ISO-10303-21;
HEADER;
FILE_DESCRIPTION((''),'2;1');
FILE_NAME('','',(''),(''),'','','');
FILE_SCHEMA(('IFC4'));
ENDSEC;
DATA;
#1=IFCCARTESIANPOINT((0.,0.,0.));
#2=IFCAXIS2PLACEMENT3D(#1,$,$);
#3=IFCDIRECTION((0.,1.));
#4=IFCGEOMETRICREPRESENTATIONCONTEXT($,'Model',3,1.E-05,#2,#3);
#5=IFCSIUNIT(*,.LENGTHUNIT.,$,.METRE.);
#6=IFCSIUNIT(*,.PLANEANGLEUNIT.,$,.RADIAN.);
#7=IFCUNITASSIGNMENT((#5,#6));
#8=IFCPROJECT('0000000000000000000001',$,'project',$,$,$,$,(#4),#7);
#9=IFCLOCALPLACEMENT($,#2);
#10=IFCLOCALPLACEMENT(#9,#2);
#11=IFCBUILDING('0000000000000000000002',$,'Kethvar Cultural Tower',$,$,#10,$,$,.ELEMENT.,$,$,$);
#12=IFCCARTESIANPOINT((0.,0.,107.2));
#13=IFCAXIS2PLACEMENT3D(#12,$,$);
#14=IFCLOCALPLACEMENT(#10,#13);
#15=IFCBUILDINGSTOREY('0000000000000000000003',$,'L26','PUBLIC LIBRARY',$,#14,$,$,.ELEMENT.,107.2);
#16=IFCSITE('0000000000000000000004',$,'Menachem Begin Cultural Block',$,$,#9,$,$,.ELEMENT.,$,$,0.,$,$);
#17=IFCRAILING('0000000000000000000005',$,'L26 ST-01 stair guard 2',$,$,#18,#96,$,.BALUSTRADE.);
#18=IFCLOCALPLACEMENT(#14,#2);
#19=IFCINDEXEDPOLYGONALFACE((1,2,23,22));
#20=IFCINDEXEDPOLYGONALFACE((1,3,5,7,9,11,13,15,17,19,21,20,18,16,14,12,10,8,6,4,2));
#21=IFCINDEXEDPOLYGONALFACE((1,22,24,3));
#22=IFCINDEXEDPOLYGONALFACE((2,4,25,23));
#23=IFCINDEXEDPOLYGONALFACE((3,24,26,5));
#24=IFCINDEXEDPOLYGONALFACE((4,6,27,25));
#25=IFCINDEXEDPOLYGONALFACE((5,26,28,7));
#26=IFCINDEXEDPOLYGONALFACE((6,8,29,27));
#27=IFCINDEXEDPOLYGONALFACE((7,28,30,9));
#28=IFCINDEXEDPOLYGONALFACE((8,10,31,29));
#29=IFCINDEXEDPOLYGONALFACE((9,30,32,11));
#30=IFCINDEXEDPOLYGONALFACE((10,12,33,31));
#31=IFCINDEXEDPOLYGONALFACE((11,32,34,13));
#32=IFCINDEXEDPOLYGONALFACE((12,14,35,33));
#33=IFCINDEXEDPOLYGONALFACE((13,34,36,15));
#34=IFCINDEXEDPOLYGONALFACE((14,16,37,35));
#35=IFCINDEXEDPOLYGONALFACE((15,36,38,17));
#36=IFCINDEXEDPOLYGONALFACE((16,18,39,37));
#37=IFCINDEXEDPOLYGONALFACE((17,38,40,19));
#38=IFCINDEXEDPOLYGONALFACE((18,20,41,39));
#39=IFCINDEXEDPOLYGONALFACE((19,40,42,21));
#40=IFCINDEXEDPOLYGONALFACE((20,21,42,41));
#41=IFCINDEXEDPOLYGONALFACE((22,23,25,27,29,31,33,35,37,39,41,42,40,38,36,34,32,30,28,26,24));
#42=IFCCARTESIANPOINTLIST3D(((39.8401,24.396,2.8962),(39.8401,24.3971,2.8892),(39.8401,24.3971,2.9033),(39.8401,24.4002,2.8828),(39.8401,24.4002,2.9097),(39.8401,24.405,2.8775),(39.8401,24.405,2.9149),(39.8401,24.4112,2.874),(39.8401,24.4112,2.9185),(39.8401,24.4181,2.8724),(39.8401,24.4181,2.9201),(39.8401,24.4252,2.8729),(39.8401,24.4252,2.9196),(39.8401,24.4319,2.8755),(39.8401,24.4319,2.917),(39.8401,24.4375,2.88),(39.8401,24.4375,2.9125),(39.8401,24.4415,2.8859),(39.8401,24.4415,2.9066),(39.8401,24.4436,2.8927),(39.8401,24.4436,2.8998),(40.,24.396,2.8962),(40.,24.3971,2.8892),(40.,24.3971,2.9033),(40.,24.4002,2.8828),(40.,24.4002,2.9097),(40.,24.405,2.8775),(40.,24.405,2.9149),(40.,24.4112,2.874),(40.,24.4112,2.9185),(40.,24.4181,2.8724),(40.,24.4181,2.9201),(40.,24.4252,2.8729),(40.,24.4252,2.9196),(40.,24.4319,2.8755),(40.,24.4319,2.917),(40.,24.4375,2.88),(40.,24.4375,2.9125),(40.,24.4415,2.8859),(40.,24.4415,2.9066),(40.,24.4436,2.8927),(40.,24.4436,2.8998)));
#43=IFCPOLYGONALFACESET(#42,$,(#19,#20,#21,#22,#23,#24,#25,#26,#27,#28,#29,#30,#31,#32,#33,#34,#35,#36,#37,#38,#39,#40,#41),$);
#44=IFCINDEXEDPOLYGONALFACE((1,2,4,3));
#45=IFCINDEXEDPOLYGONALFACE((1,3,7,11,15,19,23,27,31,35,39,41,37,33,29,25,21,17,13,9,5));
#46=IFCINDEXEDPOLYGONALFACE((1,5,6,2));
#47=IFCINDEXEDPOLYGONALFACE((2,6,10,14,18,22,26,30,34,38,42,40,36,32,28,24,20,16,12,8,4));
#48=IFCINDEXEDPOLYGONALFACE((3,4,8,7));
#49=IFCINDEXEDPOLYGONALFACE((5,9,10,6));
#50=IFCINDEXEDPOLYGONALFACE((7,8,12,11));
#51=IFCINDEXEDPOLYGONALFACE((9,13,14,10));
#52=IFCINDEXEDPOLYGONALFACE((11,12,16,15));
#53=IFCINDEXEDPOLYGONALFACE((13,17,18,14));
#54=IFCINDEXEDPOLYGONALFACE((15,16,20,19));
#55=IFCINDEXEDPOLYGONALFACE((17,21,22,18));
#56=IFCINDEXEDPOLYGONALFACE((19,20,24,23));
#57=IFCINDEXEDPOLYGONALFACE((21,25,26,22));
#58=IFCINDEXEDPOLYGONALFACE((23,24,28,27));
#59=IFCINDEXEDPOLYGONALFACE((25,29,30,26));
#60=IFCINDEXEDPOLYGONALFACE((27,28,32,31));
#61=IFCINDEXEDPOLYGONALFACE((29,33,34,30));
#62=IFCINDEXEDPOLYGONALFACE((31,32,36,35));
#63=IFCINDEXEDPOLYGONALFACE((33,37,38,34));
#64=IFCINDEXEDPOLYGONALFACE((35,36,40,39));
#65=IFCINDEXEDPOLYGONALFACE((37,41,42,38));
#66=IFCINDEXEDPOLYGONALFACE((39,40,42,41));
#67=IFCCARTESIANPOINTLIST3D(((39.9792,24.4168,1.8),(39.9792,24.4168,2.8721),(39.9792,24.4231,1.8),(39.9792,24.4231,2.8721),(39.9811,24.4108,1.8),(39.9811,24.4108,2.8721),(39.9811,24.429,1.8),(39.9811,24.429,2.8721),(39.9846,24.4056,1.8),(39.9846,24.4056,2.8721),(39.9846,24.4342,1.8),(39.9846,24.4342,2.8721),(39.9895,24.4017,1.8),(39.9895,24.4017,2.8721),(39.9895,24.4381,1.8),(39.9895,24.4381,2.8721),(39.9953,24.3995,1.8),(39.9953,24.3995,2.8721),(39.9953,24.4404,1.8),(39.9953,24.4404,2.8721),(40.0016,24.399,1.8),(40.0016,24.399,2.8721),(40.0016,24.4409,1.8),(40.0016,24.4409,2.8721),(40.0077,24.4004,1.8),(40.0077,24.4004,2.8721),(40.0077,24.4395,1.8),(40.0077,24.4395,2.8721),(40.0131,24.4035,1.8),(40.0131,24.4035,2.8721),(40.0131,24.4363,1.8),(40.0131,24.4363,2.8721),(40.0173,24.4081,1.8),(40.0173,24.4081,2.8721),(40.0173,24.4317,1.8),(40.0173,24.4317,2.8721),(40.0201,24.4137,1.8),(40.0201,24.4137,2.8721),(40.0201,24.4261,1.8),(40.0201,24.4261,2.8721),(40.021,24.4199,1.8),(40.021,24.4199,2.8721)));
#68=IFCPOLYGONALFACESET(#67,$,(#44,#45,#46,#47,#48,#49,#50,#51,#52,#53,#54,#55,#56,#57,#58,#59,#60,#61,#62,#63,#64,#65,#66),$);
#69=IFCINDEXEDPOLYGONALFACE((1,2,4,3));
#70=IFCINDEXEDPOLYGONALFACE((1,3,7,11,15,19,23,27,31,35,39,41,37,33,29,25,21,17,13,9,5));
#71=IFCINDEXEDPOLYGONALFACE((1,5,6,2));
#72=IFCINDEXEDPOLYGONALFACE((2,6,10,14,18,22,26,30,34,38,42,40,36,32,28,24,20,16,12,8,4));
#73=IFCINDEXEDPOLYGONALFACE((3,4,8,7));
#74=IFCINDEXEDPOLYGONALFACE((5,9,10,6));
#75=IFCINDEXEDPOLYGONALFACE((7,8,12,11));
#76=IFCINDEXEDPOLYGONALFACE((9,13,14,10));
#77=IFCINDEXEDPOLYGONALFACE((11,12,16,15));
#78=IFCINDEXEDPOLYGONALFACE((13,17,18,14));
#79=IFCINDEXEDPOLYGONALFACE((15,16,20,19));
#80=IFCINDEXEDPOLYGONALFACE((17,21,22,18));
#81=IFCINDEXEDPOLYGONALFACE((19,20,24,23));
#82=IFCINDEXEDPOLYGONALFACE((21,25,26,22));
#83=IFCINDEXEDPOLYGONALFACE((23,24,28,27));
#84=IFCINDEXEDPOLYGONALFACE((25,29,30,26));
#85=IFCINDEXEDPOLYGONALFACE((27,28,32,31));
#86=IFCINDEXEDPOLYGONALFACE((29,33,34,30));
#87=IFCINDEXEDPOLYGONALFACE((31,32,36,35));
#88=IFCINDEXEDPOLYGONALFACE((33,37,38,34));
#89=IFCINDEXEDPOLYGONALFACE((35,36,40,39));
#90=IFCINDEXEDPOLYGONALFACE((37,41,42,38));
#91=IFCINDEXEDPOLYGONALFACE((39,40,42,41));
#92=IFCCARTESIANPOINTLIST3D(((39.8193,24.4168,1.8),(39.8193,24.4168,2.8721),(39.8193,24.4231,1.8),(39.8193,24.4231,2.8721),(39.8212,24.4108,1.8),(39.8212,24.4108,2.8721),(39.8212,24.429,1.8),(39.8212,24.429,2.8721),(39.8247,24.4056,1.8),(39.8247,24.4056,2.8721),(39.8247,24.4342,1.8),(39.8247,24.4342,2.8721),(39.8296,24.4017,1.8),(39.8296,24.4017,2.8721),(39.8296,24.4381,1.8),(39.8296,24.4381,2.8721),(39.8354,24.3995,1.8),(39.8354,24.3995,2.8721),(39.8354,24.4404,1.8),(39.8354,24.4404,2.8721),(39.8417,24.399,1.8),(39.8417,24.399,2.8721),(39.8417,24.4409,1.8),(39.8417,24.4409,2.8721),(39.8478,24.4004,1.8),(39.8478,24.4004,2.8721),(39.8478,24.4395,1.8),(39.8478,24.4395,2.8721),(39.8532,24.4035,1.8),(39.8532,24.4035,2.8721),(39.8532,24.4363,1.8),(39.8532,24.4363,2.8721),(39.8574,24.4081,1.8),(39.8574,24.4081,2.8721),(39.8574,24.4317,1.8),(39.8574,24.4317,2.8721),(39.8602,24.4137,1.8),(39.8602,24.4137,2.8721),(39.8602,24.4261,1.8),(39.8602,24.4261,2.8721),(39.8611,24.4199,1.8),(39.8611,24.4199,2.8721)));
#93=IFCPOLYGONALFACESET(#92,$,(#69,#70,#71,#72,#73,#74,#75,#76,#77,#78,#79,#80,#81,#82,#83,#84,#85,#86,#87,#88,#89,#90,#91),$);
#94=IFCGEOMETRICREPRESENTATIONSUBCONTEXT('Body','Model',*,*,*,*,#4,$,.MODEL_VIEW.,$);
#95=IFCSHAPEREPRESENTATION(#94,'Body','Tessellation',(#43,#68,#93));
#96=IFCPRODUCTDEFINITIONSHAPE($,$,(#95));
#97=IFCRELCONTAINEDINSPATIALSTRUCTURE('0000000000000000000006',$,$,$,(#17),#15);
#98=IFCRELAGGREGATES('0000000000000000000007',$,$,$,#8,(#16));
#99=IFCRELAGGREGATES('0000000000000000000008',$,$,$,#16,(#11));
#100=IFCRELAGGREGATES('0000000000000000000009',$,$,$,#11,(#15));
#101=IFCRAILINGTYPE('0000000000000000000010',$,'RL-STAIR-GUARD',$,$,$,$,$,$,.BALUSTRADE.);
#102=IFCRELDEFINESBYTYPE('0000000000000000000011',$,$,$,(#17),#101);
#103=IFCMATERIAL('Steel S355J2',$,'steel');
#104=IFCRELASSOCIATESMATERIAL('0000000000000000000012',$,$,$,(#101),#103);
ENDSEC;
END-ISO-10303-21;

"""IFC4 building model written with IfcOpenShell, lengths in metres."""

from ifc_helpers import new_model, si_unit, direction, frame, origin, origin_2d, place, context, subcontext, project, spatial, circle, extrude, material, type_object, element, save


model = new_model("IFC4")

# Units and contexts
model_context = context("Model", 3, precision=1e-05, world=origin(), true_north=direction((0.0, 1.0)))
body_context = subcontext(model_context, "Body", "Model", "MODEL_VIEW")
ifc_project = project(units=[si_unit("LENGTHUNIT", "METRE"), si_unit("PLANEANGLEUNIT", "RADIAN")], contexts=[model_context])

# Site, building, storey
site_placement = place(None, origin())
site = spatial("IfcSite", under=ifc_project, at=site_placement, Name="Menachem Begin Cultural Block", CompositionType="ELEMENT", RefElevation=0.0)
building_placement = place(site_placement, origin())
building = spatial("IfcBuilding", under=site, at=building_placement, Name="Kethvar Cultural Tower", CompositionType="ELEMENT")
storey_placement = place(building_placement, frame((0.0, 0.0, 107.2)))
storey = spatial("IfcBuildingStorey", under=building, at=storey_placement, Name="L26", Description="PUBLIC LIBRARY", CompositionType="ELEMENT", Elevation=107.2)

# Shared definitions
ifc_material_1 = material(Name="Steel S355J2", Category="steel")

# Railing
railing_type = type_object("IfcRailingType", Name="RL-STAIR-GUARD", PredefinedType="BALUSTRADE", material=ifc_material_1)
railing_1_placement = place(storey_placement, frame((40.0, 24.4199, 1.8)))
element("IfcRailing", 1, at=railing_1_placement, inside=storey, type_object=railing_type, Name="L26 ST-01 stair guard 2", PredefinedType="BALUSTRADE", context=body_context, shape_type="SweptSolid", body=[
    extrude(circle(Radius=0.0239, at=origin_2d()), frame((0.0, 0.0, 1.0962), z_axis=(-1.0, 0.0, 0.0), x_axis=(0.0, -1.0, 0.0)), (0.0, 0.0, 1.0), 0.1599),
    extrude(circle(Radius=0.021, at=origin_2d()), origin(), (0.0, 0.0, 1.0), 1.072),
    extrude(circle(Radius=0.021, at=origin_2d()), frame((-0.1599, 0.0, 0.0)), (0.0, 0.0, 1.0), 1.072),
])

save(model, "model.ifc")
